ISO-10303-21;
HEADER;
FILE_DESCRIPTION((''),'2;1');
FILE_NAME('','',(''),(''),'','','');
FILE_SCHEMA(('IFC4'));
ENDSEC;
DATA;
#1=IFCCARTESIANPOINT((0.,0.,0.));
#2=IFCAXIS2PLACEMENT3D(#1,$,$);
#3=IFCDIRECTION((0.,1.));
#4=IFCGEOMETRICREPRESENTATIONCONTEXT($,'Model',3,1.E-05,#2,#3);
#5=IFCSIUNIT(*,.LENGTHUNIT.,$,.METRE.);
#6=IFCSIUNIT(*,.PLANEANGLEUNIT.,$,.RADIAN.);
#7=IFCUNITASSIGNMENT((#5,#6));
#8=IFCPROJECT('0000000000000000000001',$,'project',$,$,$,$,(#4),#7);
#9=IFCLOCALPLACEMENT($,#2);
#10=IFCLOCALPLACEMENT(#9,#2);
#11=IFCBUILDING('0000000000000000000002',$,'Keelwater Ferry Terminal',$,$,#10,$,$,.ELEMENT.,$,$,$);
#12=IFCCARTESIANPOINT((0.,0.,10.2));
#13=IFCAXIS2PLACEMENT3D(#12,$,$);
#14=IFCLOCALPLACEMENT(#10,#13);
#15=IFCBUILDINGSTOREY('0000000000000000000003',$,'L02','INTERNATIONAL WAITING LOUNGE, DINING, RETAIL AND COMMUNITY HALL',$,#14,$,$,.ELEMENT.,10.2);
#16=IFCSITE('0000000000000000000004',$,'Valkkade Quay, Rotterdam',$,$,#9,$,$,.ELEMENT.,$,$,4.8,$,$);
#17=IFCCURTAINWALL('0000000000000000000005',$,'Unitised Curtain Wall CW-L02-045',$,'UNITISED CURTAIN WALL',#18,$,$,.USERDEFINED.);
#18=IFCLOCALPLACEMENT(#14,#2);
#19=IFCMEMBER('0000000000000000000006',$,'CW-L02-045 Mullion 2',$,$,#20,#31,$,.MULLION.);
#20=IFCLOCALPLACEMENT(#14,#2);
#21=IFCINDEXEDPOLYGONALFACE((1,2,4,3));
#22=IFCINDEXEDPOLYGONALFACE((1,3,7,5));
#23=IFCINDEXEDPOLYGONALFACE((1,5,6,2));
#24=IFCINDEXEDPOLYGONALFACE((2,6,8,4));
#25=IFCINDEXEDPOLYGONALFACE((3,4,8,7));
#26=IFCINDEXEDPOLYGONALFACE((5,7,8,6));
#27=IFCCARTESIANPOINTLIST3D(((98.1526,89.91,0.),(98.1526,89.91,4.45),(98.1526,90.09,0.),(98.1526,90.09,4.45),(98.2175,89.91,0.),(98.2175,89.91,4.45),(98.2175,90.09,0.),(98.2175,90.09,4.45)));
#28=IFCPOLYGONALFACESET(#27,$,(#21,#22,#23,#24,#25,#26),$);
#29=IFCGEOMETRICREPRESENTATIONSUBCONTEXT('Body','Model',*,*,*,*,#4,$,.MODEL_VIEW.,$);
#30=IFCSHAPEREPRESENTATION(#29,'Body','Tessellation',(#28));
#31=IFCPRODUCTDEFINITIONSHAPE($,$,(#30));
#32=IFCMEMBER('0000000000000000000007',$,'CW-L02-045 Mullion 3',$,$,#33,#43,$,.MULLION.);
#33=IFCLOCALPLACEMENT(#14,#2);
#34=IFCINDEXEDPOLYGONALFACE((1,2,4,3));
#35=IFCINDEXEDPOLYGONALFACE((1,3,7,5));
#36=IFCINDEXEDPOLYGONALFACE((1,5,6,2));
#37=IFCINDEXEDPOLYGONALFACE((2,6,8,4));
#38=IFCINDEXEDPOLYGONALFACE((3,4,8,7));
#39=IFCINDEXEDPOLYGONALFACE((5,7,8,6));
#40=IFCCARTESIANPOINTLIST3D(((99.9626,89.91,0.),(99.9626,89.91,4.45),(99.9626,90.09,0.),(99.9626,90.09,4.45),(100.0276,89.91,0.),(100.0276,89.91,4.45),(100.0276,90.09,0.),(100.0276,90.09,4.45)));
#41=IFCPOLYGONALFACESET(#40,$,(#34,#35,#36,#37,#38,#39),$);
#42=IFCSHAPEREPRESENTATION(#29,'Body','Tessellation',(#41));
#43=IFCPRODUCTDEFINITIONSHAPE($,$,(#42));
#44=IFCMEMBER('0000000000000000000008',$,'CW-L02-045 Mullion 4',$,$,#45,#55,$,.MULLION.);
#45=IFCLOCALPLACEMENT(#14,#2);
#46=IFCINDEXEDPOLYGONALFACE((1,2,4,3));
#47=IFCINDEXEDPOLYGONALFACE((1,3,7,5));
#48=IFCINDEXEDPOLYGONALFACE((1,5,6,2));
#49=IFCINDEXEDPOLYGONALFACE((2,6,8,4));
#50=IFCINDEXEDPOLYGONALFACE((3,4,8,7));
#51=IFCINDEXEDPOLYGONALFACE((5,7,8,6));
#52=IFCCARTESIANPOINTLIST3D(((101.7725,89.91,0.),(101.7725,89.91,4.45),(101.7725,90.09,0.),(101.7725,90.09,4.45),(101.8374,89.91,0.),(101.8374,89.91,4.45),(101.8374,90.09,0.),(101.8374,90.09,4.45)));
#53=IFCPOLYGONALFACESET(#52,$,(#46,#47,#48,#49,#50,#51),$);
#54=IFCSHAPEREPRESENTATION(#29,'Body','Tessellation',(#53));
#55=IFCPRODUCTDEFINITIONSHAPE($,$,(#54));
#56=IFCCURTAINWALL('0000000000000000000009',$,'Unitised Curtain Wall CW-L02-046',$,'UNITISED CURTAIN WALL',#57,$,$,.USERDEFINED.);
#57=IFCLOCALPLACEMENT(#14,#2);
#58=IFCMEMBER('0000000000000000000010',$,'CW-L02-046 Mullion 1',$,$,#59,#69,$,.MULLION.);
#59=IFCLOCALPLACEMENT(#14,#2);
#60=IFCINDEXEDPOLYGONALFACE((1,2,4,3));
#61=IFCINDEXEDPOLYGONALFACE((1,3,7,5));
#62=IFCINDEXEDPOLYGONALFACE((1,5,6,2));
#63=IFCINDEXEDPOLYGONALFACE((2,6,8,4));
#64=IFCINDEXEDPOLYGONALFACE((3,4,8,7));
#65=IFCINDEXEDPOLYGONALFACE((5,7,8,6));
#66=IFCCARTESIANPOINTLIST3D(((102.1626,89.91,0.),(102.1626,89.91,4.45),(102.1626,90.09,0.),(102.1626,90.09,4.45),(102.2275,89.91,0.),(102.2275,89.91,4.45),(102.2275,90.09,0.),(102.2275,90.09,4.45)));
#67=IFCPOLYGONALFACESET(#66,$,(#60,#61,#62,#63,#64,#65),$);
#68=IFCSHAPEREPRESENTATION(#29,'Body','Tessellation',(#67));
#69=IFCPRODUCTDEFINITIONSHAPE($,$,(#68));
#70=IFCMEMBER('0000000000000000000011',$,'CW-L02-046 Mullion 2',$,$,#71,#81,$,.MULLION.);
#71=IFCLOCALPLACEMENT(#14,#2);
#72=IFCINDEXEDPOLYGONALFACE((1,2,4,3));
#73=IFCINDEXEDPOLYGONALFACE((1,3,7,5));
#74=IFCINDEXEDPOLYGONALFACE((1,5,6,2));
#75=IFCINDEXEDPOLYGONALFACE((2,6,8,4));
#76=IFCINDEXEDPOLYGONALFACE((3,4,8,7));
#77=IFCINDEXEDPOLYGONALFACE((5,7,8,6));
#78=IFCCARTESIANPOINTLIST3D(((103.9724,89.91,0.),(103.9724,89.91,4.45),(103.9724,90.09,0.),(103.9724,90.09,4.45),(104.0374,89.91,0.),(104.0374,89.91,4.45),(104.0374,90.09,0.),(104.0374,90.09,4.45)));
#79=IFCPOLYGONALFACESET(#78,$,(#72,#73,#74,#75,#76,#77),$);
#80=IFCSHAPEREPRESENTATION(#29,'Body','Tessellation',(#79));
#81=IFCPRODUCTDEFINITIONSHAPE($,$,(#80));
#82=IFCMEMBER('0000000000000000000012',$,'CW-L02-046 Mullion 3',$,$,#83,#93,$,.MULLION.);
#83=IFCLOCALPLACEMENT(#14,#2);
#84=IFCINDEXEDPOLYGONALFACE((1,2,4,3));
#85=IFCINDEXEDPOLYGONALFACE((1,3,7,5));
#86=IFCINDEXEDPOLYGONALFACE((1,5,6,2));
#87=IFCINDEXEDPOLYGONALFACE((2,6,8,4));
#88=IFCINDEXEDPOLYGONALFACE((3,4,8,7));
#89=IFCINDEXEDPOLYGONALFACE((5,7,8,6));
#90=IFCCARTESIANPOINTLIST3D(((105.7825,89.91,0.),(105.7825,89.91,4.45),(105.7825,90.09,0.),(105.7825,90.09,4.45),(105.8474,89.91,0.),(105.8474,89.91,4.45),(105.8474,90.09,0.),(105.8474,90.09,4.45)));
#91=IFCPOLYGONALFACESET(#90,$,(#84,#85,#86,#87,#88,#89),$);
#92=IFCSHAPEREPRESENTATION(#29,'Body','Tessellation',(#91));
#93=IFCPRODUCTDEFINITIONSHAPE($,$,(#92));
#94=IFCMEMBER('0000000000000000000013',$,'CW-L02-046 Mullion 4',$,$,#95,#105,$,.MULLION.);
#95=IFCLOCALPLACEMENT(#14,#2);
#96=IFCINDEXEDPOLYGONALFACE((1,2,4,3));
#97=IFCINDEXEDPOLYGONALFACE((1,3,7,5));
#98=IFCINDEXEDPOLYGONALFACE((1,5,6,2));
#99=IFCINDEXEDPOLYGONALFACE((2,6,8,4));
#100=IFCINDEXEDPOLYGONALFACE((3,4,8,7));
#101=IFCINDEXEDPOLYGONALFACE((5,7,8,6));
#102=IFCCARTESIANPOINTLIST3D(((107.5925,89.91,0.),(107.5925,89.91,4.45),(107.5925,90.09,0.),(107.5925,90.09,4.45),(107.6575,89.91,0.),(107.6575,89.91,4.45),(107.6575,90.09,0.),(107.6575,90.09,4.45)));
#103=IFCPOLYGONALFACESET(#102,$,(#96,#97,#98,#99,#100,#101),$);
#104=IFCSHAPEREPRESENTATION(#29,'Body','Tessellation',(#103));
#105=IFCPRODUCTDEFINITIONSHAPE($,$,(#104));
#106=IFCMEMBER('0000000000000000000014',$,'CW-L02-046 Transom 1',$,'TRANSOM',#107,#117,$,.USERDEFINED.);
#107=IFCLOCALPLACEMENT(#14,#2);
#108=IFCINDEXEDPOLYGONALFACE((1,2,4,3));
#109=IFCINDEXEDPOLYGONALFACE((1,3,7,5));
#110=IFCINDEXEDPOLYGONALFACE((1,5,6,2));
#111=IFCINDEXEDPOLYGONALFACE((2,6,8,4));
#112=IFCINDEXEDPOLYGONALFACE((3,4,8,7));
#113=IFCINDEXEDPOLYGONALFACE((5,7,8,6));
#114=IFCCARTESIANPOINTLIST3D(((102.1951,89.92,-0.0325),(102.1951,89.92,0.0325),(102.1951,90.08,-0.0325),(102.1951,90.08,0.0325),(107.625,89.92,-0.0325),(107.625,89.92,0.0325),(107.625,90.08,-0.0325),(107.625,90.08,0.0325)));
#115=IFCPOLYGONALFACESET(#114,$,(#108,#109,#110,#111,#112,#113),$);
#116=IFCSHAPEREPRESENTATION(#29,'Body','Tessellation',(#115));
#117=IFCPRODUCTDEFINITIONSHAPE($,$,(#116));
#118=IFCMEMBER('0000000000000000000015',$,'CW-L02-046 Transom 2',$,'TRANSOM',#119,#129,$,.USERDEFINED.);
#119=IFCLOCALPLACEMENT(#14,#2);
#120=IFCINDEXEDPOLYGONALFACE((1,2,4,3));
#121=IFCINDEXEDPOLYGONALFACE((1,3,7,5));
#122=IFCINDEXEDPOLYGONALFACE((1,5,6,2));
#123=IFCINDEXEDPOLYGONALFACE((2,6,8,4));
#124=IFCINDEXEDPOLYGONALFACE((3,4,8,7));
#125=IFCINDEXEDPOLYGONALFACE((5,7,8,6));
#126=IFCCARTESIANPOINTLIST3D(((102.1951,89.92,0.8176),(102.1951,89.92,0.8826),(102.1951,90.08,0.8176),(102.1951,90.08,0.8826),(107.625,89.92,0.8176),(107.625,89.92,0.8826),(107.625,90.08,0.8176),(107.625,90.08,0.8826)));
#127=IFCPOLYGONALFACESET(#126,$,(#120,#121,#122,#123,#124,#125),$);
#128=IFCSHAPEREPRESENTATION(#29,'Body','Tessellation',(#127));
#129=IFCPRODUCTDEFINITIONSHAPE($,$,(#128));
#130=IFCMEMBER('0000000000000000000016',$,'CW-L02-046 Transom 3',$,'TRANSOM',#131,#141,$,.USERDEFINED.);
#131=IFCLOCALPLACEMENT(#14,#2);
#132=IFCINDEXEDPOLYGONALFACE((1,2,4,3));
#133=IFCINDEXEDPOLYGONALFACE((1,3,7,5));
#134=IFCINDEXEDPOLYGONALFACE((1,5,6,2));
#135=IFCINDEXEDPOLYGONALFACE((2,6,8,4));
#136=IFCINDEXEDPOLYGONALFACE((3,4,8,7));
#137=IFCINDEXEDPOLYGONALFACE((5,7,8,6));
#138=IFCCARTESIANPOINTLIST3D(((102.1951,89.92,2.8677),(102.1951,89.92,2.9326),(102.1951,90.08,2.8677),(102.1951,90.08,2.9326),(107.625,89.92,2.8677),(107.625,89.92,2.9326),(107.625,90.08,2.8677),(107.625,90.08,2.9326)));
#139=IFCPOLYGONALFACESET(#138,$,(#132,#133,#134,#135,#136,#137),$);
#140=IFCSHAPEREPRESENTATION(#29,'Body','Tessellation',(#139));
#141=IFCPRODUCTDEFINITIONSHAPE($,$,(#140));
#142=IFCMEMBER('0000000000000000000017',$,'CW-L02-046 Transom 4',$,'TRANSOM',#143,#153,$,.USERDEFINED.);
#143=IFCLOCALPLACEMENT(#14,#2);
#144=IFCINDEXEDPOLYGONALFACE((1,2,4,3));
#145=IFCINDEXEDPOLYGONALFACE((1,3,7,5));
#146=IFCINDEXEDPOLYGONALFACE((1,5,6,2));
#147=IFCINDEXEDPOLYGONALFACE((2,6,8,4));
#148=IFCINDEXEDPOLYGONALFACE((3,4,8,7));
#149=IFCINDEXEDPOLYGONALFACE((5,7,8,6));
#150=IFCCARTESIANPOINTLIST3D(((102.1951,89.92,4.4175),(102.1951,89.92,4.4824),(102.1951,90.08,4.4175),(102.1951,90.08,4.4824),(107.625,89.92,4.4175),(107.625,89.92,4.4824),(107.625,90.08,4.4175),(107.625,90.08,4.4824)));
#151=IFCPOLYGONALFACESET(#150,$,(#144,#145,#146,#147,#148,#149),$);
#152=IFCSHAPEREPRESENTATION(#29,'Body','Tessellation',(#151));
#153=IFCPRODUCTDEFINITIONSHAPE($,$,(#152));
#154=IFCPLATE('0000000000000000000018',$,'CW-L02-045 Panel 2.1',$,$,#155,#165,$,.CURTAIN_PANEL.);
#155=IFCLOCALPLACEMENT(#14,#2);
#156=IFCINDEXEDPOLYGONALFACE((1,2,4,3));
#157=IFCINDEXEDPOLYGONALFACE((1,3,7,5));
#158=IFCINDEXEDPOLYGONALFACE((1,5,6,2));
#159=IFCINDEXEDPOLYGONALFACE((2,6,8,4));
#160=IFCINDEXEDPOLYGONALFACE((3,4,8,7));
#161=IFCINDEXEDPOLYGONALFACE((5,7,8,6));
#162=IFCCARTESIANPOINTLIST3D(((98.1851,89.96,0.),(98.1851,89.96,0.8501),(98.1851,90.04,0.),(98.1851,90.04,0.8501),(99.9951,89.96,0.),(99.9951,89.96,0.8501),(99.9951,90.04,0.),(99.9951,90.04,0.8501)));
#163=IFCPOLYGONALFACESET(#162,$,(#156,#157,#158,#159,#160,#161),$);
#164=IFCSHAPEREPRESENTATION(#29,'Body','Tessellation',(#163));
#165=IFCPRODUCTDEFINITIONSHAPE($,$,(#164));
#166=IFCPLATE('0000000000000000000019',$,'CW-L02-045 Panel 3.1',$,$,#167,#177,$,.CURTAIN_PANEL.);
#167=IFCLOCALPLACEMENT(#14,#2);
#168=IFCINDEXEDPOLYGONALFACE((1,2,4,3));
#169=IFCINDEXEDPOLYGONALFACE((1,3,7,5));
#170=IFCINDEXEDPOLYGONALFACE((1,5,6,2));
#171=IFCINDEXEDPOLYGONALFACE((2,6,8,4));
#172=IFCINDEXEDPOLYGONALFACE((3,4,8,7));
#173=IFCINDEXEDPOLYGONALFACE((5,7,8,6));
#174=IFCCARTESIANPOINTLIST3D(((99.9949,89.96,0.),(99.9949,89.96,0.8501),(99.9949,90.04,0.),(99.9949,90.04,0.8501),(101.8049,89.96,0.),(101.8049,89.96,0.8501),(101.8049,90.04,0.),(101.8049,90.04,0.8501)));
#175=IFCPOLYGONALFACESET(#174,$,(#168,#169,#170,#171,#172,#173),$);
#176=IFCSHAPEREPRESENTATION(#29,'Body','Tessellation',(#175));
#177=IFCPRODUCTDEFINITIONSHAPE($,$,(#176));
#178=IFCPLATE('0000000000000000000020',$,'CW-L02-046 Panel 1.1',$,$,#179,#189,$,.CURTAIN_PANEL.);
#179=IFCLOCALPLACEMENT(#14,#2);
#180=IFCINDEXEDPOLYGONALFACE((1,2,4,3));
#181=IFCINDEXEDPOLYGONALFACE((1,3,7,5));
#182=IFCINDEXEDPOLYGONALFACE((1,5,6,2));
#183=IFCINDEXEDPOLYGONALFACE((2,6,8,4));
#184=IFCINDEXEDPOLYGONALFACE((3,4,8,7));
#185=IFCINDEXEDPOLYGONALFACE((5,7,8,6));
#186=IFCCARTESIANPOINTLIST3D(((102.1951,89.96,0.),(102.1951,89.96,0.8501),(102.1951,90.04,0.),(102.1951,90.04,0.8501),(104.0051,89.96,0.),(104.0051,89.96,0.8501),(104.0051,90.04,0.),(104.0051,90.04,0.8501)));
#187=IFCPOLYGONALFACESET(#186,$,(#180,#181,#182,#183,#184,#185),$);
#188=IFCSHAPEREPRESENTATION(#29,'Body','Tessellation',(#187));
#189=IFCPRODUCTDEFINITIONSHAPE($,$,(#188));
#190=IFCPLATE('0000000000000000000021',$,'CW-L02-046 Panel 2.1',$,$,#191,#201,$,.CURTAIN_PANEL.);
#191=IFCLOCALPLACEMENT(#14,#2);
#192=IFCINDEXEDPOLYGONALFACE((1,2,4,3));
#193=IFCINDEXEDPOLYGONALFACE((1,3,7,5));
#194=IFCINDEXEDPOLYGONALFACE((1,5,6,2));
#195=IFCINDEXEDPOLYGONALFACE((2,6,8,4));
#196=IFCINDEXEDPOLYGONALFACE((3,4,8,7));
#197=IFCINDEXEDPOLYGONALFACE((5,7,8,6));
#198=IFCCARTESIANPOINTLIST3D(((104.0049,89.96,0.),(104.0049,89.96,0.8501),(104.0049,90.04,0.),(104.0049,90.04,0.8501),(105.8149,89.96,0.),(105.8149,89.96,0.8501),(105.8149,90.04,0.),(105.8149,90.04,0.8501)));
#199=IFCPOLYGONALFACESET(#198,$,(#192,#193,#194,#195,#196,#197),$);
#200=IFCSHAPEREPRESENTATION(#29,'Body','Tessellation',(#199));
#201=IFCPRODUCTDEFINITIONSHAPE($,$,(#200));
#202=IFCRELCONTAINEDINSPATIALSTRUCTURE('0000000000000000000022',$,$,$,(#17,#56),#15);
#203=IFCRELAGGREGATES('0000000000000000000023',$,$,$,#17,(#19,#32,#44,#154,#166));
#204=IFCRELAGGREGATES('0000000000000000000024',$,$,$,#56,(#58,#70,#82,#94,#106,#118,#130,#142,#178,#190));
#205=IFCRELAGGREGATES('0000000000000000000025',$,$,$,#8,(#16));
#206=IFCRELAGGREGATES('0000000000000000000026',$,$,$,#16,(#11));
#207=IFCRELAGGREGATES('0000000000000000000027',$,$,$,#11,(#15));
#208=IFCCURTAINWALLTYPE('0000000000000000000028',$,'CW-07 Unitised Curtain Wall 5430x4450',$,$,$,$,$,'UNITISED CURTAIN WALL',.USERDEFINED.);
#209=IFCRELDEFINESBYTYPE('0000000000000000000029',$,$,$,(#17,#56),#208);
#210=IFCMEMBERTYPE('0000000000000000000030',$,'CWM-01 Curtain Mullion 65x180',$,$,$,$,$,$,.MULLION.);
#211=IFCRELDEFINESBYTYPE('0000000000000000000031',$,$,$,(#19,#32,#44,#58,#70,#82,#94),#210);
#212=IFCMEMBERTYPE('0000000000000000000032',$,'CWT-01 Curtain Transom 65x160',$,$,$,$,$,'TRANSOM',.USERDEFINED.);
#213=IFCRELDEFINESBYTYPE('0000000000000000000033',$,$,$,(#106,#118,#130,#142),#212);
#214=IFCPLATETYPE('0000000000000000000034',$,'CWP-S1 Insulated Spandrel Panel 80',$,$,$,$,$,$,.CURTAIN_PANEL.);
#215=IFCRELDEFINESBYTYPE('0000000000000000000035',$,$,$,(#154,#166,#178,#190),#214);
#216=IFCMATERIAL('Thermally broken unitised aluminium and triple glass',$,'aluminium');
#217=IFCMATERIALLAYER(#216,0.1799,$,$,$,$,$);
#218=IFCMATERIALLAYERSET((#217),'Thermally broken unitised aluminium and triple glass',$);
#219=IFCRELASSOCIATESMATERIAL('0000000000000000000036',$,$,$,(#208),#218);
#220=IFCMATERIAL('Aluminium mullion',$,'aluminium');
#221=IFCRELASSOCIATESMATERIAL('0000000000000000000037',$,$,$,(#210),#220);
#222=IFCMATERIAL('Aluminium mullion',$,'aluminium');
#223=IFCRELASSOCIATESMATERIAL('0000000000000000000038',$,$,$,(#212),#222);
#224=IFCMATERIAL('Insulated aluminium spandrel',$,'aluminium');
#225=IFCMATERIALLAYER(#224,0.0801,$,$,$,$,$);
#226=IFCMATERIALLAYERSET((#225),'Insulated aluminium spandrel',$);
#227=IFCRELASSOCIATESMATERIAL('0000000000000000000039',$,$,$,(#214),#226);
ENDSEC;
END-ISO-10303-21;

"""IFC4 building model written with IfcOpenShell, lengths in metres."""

from ifc_helpers import new_model, si_unit, direction, frame, origin, origin_2d, place, context, subcontext, project, spatial, rectangle, extrude, material, layer, layer_set, material_profile, profile_set, type_object, element, aggregate, save


model = new_model("IFC4")

# Units and contexts
model_context = context("Model", 3, precision=1e-05, world=origin(), true_north=direction((0.0, 1.0)))
body_context = subcontext(model_context, "Body", "Model", "MODEL_VIEW")
ifc_project = project(units=[si_unit("LENGTHUNIT", "METRE"), si_unit("PLANEANGLEUNIT", "RADIAN")], contexts=[model_context])

# Site, building, storey
site_placement = place(None, origin())
site = spatial("IfcSite", under=ifc_project, at=site_placement, Name="Valkkade Quay, Rotterdam", CompositionType="ELEMENT", RefElevation=4.8)
building_placement = place(site_placement, origin())
building = spatial("IfcBuilding", under=site, at=building_placement, Name="Keelwater Ferry Terminal", CompositionType="ELEMENT")
storey_placement = place(building_placement, frame((0.0, 0.0, 10.2)))
storey = spatial("IfcBuildingStorey", under=building, at=storey_placement, Name="L02", Description="INTERNATIONAL WAITING LOUNGE, DINING, RETAIL AND COMMUNITY HALL", CompositionType="ELEMENT", Elevation=10.2)

# Curtain walls, members
ifc_material_1 = material(Name="Thermally broken unitised aluminium and triple glass", Category="aluminium")
ifc_layer_1 = layer(ifc_material_1, 0.1799)
ifc_layer_set_1 = layer_set([ifc_layer_1], Name="Thermally broken unitised aluminium and triple glass")
curtain_wall_type = type_object("IfcCurtainWallType", Name="CW-07 Unitised Curtain Wall 5430x4450", ElementType="UNITISED CURTAIN WALL", PredefinedType="USERDEFINED", material=ifc_layer_set_1)
curtain_wall_1_placement = place(storey_placement, origin())
curtain_wall_1 = element("IfcCurtainWall", 1, at=curtain_wall_1_placement, inside=storey, type_object=curtain_wall_type, Name="Unitised Curtain Wall CW-L02-045", ObjectType="UNITISED CURTAIN WALL", PredefinedType="USERDEFINED")
ifc_material_2 = material(Name="Aluminium mullion", Category="aluminium")
ifc_material_profile_1 = material_profile(ifc_material_2, rectangle(XDim=0.0649, YDim=0.1799, at=origin_2d()), Name="CWM-01")
ifc_profile_set_1 = profile_set([ifc_material_profile_1], Name="Aluminium mullion")
member_type_1 = type_object("IfcMemberType", Name="CWM-01 Curtain Mullion 65x180", PredefinedType="MULLION", material=ifc_profile_set_1)
member_1_placement = place(storey_placement, frame((98.1851, 90.0, 0.0), z_axis=(0.0, 0.0, 1.0), x_axis=(1.0, 0.0, 0.0)))
member_1 = element("IfcMember", 2, at=member_1_placement, type_object=member_type_1, Name="CW-L02-045 Mullion 2", PredefinedType="MULLION", context=body_context, shape_type="SweptSolid", body=[
    extrude(rectangle(XDim=0.0649, YDim=0.1799, at=origin_2d()), origin(), (0.0, 0.0, 1.0), 4.45),
])
member_2_placement = place(storey_placement, frame((99.9951, 90.0, 0.0), z_axis=(0.0, 0.0, 1.0), x_axis=(1.0, 0.0, 0.0)))
member_2 = element("IfcMember", 3, at=member_2_placement, type_object=member_type_1, Name="CW-L02-045 Mullion 3", PredefinedType="MULLION", context=body_context, shape_type="SweptSolid", body=[
    extrude(rectangle(XDim=0.0649, YDim=0.1799, at=origin_2d()), origin(), (0.0, 0.0, 1.0), 4.45),
])
member_3_placement = place(storey_placement, frame((101.8049, 90.0, 0.0), z_axis=(0.0, 0.0, 1.0), x_axis=(1.0, 0.0, 0.0)))
member_3 = element("IfcMember", 4, at=member_3_placement, type_object=member_type_1, Name="CW-L02-045 Mullion 4", PredefinedType="MULLION", context=body_context, shape_type="SweptSolid", body=[
    extrude(rectangle(XDim=0.0649, YDim=0.1799, at=origin_2d()), origin(), (0.0, 0.0, 1.0), 4.45),
])
curtain_wall_2_placement = place(storey_placement, origin())
curtain_wall_2 = element("IfcCurtainWall", 5, at=curtain_wall_2_placement, inside=storey, type_object=curtain_wall_type, Name="Unitised Curtain Wall CW-L02-046", ObjectType="UNITISED CURTAIN WALL", PredefinedType="USERDEFINED")
member_4_placement = place(storey_placement, frame((102.1951, 90.0, 0.0), z_axis=(0.0, 0.0, 1.0), x_axis=(1.0, 0.0, 0.0)))
member_4 = element("IfcMember", 6, at=member_4_placement, type_object=member_type_1, Name="CW-L02-046 Mullion 1", PredefinedType="MULLION", context=body_context, shape_type="SweptSolid", body=[
    extrude(rectangle(XDim=0.0649, YDim=0.1799, at=origin_2d()), origin(), (0.0, 0.0, 1.0), 4.45),
])
member_5_placement = place(storey_placement, frame((104.0049, 90.0, 0.0), z_axis=(0.0, 0.0, 1.0), x_axis=(1.0, 0.0, 0.0)))
member_5 = element("IfcMember", 7, at=member_5_placement, type_object=member_type_1, Name="CW-L02-046 Mullion 2", PredefinedType="MULLION", context=body_context, shape_type="SweptSolid", body=[
    extrude(rectangle(XDim=0.0649, YDim=0.1799, at=origin_2d()), origin(), (0.0, 0.0, 1.0), 4.45),
])
member_6_placement = place(storey_placement, frame((105.8149, 90.0, 0.0), z_axis=(0.0, 0.0, 1.0), x_axis=(1.0, 0.0, 0.0)))
member_6 = element("IfcMember", 8, at=member_6_placement, type_object=member_type_1, Name="CW-L02-046 Mullion 3", PredefinedType="MULLION", context=body_context, shape_type="SweptSolid", body=[
    extrude(rectangle(XDim=0.0649, YDim=0.1799, at=origin_2d()), origin(), (0.0, 0.0, 1.0), 4.45),
])
member_7_placement = place(storey_placement, frame((107.625, 90.0, 0.0), z_axis=(0.0, 0.0, 1.0), x_axis=(1.0, 0.0, 0.0)))
member_7 = element("IfcMember", 9, at=member_7_placement, type_object=member_type_1, Name="CW-L02-046 Mullion 4", PredefinedType="MULLION", context=body_context, shape_type="SweptSolid", body=[
    extrude(rectangle(XDim=0.0649, YDim=0.1799, at=origin_2d()), origin(), (0.0, 0.0, 1.0), 4.45),
])
ifc_material_3 = material(Name="Aluminium mullion", Category="aluminium")
ifc_material_profile_2 = material_profile(ifc_material_3, rectangle(XDim=0.1599, YDim=0.0649, at=origin_2d()), Name="CWT-01")
ifc_profile_set_2 = profile_set([ifc_material_profile_2], Name="Aluminium mullion")
member_type_2 = type_object("IfcMemberType", Name="CWT-01 Curtain Transom 65x160", ElementType="TRANSOM", PredefinedType="USERDEFINED", material=ifc_profile_set_2)
member_8_placement = place(storey_placement, frame((102.1951, 90.0, 0.0), z_axis=(1.0, 0.0, 0.0), x_axis=(0.0, 1.0, 0.0)))
member_8 = element("IfcMember", 10, at=member_8_placement, type_object=member_type_2, Name="CW-L02-046 Transom 1", ObjectType="TRANSOM", PredefinedType="USERDEFINED", context=body_context, shape_type="SweptSolid", body=[
    extrude(rectangle(XDim=0.1599, YDim=0.0649, at=origin_2d()), origin(), (0.0, 0.0, 1.0), 5.4299),
])
member_9_placement = place(storey_placement, frame((102.1951, 90.0, 0.8501), z_axis=(1.0, 0.0, 0.0), x_axis=(0.0, 1.0, 0.0)))
member_9 = element("IfcMember", 11, at=member_9_placement, type_object=member_type_2, Name="CW-L02-046 Transom 2", ObjectType="TRANSOM", PredefinedType="USERDEFINED", context=body_context, shape_type="SweptSolid", body=[
    extrude(rectangle(XDim=0.1599, YDim=0.0649, at=origin_2d()), origin(), (0.0, 0.0, 1.0), 5.4299),
])
member_10_placement = place(storey_placement, frame((102.1951, 90.0, 2.9001), z_axis=(1.0, 0.0, 0.0), x_axis=(0.0, 1.0, 0.0)))
member_10 = element("IfcMember", 12, at=member_10_placement, type_object=member_type_2, Name="CW-L02-046 Transom 3", ObjectType="TRANSOM", PredefinedType="USERDEFINED", context=body_context, shape_type="SweptSolid", body=[
    extrude(rectangle(XDim=0.1599, YDim=0.0649, at=origin_2d()), origin(), (0.0, 0.0, 1.0), 5.4299),
])
member_11_placement = place(storey_placement, frame((102.1951, 90.0, 4.45), z_axis=(1.0, 0.0, 0.0), x_axis=(0.0, 1.0, 0.0)))
member_11 = element("IfcMember", 13, at=member_11_placement, type_object=member_type_2, Name="CW-L02-046 Transom 4", ObjectType="TRANSOM", PredefinedType="USERDEFINED", context=body_context, shape_type="SweptSolid", body=[
    extrude(rectangle(XDim=0.1599, YDim=0.0649, at=origin_2d()), origin(), (0.0, 0.0, 1.0), 5.4299),
])

# Plates
ifc_material_4 = material(Name="Insulated aluminium spandrel", Category="aluminium")
ifc_layer_2 = layer(ifc_material_4, 0.0801)
ifc_layer_set_2 = layer_set([ifc_layer_2], Name="Insulated aluminium spandrel")
plate_type_1 = type_object("IfcPlateType", Name="CWP-S1 Insulated Spandrel Panel 80", PredefinedType="CURTAIN_PANEL", material=ifc_layer_set_2)
plate_1_placement = place(storey_placement, frame((99.0901, 90.0, 0.0), z_axis=(0.0, 0.0, 1.0), x_axis=(1.0, 0.0, 0.0)))
plate_1 = element("IfcPlate", 14, at=plate_1_placement, type_object=plate_type_1, Name="CW-L02-045 Panel 2.1", PredefinedType="CURTAIN_PANEL", context=body_context, shape_type="SweptSolid", body=[
    extrude(rectangle(XDim=1.8101, YDim=0.0801, at=origin_2d()), origin(), (0.0, 0.0, 1.0), 0.8501),
])
plate_2_placement = place(storey_placement, frame((100.8999, 90.0, 0.0), z_axis=(0.0, 0.0, 1.0), x_axis=(1.0, 0.0, 0.0)))
plate_2 = element("IfcPlate", 15, at=plate_2_placement, type_object=plate_type_1, Name="CW-L02-045 Panel 3.1", PredefinedType="CURTAIN_PANEL", context=body_context, shape_type="SweptSolid", body=[
    extrude(rectangle(XDim=1.8101, YDim=0.0801, at=origin_2d()), origin(), (0.0, 0.0, 1.0), 0.8501),
])
plate_3_placement = place(storey_placement, frame((103.1001, 90.0, 0.0), z_axis=(0.0, 0.0, 1.0), x_axis=(1.0, 0.0, 0.0)))
plate_3 = element("IfcPlate", 16, at=plate_3_placement, type_object=plate_type_1, Name="CW-L02-046 Panel 1.1", PredefinedType="CURTAIN_PANEL", context=body_context, shape_type="SweptSolid", body=[
    extrude(rectangle(XDim=1.8101, YDim=0.0801, at=origin_2d()), origin(), (0.0, 0.0, 1.0), 0.8501),
])
plate_4_placement = place(storey_placement, frame((104.9099, 90.0, 0.0), z_axis=(0.0, 0.0, 1.0), x_axis=(1.0, 0.0, 0.0)))
plate_4 = element("IfcPlate", 17, at=plate_4_placement, type_object=plate_type_1, Name="CW-L02-046 Panel 2.1", PredefinedType="CURTAIN_PANEL", context=body_context, shape_type="SweptSolid", body=[
    extrude(rectangle(XDim=1.8101, YDim=0.0801, at=origin_2d()), origin(), (0.0, 0.0, 1.0), 0.8501),
])
aggregate(curtain_wall_1, [member_1, member_2, member_3, plate_1, plate_2])
aggregate(curtain_wall_2, [member_4, member_5, member_6, member_7, member_8, member_9, member_10, member_11, plate_3, plate_4])

save(model, "model.ifc")
